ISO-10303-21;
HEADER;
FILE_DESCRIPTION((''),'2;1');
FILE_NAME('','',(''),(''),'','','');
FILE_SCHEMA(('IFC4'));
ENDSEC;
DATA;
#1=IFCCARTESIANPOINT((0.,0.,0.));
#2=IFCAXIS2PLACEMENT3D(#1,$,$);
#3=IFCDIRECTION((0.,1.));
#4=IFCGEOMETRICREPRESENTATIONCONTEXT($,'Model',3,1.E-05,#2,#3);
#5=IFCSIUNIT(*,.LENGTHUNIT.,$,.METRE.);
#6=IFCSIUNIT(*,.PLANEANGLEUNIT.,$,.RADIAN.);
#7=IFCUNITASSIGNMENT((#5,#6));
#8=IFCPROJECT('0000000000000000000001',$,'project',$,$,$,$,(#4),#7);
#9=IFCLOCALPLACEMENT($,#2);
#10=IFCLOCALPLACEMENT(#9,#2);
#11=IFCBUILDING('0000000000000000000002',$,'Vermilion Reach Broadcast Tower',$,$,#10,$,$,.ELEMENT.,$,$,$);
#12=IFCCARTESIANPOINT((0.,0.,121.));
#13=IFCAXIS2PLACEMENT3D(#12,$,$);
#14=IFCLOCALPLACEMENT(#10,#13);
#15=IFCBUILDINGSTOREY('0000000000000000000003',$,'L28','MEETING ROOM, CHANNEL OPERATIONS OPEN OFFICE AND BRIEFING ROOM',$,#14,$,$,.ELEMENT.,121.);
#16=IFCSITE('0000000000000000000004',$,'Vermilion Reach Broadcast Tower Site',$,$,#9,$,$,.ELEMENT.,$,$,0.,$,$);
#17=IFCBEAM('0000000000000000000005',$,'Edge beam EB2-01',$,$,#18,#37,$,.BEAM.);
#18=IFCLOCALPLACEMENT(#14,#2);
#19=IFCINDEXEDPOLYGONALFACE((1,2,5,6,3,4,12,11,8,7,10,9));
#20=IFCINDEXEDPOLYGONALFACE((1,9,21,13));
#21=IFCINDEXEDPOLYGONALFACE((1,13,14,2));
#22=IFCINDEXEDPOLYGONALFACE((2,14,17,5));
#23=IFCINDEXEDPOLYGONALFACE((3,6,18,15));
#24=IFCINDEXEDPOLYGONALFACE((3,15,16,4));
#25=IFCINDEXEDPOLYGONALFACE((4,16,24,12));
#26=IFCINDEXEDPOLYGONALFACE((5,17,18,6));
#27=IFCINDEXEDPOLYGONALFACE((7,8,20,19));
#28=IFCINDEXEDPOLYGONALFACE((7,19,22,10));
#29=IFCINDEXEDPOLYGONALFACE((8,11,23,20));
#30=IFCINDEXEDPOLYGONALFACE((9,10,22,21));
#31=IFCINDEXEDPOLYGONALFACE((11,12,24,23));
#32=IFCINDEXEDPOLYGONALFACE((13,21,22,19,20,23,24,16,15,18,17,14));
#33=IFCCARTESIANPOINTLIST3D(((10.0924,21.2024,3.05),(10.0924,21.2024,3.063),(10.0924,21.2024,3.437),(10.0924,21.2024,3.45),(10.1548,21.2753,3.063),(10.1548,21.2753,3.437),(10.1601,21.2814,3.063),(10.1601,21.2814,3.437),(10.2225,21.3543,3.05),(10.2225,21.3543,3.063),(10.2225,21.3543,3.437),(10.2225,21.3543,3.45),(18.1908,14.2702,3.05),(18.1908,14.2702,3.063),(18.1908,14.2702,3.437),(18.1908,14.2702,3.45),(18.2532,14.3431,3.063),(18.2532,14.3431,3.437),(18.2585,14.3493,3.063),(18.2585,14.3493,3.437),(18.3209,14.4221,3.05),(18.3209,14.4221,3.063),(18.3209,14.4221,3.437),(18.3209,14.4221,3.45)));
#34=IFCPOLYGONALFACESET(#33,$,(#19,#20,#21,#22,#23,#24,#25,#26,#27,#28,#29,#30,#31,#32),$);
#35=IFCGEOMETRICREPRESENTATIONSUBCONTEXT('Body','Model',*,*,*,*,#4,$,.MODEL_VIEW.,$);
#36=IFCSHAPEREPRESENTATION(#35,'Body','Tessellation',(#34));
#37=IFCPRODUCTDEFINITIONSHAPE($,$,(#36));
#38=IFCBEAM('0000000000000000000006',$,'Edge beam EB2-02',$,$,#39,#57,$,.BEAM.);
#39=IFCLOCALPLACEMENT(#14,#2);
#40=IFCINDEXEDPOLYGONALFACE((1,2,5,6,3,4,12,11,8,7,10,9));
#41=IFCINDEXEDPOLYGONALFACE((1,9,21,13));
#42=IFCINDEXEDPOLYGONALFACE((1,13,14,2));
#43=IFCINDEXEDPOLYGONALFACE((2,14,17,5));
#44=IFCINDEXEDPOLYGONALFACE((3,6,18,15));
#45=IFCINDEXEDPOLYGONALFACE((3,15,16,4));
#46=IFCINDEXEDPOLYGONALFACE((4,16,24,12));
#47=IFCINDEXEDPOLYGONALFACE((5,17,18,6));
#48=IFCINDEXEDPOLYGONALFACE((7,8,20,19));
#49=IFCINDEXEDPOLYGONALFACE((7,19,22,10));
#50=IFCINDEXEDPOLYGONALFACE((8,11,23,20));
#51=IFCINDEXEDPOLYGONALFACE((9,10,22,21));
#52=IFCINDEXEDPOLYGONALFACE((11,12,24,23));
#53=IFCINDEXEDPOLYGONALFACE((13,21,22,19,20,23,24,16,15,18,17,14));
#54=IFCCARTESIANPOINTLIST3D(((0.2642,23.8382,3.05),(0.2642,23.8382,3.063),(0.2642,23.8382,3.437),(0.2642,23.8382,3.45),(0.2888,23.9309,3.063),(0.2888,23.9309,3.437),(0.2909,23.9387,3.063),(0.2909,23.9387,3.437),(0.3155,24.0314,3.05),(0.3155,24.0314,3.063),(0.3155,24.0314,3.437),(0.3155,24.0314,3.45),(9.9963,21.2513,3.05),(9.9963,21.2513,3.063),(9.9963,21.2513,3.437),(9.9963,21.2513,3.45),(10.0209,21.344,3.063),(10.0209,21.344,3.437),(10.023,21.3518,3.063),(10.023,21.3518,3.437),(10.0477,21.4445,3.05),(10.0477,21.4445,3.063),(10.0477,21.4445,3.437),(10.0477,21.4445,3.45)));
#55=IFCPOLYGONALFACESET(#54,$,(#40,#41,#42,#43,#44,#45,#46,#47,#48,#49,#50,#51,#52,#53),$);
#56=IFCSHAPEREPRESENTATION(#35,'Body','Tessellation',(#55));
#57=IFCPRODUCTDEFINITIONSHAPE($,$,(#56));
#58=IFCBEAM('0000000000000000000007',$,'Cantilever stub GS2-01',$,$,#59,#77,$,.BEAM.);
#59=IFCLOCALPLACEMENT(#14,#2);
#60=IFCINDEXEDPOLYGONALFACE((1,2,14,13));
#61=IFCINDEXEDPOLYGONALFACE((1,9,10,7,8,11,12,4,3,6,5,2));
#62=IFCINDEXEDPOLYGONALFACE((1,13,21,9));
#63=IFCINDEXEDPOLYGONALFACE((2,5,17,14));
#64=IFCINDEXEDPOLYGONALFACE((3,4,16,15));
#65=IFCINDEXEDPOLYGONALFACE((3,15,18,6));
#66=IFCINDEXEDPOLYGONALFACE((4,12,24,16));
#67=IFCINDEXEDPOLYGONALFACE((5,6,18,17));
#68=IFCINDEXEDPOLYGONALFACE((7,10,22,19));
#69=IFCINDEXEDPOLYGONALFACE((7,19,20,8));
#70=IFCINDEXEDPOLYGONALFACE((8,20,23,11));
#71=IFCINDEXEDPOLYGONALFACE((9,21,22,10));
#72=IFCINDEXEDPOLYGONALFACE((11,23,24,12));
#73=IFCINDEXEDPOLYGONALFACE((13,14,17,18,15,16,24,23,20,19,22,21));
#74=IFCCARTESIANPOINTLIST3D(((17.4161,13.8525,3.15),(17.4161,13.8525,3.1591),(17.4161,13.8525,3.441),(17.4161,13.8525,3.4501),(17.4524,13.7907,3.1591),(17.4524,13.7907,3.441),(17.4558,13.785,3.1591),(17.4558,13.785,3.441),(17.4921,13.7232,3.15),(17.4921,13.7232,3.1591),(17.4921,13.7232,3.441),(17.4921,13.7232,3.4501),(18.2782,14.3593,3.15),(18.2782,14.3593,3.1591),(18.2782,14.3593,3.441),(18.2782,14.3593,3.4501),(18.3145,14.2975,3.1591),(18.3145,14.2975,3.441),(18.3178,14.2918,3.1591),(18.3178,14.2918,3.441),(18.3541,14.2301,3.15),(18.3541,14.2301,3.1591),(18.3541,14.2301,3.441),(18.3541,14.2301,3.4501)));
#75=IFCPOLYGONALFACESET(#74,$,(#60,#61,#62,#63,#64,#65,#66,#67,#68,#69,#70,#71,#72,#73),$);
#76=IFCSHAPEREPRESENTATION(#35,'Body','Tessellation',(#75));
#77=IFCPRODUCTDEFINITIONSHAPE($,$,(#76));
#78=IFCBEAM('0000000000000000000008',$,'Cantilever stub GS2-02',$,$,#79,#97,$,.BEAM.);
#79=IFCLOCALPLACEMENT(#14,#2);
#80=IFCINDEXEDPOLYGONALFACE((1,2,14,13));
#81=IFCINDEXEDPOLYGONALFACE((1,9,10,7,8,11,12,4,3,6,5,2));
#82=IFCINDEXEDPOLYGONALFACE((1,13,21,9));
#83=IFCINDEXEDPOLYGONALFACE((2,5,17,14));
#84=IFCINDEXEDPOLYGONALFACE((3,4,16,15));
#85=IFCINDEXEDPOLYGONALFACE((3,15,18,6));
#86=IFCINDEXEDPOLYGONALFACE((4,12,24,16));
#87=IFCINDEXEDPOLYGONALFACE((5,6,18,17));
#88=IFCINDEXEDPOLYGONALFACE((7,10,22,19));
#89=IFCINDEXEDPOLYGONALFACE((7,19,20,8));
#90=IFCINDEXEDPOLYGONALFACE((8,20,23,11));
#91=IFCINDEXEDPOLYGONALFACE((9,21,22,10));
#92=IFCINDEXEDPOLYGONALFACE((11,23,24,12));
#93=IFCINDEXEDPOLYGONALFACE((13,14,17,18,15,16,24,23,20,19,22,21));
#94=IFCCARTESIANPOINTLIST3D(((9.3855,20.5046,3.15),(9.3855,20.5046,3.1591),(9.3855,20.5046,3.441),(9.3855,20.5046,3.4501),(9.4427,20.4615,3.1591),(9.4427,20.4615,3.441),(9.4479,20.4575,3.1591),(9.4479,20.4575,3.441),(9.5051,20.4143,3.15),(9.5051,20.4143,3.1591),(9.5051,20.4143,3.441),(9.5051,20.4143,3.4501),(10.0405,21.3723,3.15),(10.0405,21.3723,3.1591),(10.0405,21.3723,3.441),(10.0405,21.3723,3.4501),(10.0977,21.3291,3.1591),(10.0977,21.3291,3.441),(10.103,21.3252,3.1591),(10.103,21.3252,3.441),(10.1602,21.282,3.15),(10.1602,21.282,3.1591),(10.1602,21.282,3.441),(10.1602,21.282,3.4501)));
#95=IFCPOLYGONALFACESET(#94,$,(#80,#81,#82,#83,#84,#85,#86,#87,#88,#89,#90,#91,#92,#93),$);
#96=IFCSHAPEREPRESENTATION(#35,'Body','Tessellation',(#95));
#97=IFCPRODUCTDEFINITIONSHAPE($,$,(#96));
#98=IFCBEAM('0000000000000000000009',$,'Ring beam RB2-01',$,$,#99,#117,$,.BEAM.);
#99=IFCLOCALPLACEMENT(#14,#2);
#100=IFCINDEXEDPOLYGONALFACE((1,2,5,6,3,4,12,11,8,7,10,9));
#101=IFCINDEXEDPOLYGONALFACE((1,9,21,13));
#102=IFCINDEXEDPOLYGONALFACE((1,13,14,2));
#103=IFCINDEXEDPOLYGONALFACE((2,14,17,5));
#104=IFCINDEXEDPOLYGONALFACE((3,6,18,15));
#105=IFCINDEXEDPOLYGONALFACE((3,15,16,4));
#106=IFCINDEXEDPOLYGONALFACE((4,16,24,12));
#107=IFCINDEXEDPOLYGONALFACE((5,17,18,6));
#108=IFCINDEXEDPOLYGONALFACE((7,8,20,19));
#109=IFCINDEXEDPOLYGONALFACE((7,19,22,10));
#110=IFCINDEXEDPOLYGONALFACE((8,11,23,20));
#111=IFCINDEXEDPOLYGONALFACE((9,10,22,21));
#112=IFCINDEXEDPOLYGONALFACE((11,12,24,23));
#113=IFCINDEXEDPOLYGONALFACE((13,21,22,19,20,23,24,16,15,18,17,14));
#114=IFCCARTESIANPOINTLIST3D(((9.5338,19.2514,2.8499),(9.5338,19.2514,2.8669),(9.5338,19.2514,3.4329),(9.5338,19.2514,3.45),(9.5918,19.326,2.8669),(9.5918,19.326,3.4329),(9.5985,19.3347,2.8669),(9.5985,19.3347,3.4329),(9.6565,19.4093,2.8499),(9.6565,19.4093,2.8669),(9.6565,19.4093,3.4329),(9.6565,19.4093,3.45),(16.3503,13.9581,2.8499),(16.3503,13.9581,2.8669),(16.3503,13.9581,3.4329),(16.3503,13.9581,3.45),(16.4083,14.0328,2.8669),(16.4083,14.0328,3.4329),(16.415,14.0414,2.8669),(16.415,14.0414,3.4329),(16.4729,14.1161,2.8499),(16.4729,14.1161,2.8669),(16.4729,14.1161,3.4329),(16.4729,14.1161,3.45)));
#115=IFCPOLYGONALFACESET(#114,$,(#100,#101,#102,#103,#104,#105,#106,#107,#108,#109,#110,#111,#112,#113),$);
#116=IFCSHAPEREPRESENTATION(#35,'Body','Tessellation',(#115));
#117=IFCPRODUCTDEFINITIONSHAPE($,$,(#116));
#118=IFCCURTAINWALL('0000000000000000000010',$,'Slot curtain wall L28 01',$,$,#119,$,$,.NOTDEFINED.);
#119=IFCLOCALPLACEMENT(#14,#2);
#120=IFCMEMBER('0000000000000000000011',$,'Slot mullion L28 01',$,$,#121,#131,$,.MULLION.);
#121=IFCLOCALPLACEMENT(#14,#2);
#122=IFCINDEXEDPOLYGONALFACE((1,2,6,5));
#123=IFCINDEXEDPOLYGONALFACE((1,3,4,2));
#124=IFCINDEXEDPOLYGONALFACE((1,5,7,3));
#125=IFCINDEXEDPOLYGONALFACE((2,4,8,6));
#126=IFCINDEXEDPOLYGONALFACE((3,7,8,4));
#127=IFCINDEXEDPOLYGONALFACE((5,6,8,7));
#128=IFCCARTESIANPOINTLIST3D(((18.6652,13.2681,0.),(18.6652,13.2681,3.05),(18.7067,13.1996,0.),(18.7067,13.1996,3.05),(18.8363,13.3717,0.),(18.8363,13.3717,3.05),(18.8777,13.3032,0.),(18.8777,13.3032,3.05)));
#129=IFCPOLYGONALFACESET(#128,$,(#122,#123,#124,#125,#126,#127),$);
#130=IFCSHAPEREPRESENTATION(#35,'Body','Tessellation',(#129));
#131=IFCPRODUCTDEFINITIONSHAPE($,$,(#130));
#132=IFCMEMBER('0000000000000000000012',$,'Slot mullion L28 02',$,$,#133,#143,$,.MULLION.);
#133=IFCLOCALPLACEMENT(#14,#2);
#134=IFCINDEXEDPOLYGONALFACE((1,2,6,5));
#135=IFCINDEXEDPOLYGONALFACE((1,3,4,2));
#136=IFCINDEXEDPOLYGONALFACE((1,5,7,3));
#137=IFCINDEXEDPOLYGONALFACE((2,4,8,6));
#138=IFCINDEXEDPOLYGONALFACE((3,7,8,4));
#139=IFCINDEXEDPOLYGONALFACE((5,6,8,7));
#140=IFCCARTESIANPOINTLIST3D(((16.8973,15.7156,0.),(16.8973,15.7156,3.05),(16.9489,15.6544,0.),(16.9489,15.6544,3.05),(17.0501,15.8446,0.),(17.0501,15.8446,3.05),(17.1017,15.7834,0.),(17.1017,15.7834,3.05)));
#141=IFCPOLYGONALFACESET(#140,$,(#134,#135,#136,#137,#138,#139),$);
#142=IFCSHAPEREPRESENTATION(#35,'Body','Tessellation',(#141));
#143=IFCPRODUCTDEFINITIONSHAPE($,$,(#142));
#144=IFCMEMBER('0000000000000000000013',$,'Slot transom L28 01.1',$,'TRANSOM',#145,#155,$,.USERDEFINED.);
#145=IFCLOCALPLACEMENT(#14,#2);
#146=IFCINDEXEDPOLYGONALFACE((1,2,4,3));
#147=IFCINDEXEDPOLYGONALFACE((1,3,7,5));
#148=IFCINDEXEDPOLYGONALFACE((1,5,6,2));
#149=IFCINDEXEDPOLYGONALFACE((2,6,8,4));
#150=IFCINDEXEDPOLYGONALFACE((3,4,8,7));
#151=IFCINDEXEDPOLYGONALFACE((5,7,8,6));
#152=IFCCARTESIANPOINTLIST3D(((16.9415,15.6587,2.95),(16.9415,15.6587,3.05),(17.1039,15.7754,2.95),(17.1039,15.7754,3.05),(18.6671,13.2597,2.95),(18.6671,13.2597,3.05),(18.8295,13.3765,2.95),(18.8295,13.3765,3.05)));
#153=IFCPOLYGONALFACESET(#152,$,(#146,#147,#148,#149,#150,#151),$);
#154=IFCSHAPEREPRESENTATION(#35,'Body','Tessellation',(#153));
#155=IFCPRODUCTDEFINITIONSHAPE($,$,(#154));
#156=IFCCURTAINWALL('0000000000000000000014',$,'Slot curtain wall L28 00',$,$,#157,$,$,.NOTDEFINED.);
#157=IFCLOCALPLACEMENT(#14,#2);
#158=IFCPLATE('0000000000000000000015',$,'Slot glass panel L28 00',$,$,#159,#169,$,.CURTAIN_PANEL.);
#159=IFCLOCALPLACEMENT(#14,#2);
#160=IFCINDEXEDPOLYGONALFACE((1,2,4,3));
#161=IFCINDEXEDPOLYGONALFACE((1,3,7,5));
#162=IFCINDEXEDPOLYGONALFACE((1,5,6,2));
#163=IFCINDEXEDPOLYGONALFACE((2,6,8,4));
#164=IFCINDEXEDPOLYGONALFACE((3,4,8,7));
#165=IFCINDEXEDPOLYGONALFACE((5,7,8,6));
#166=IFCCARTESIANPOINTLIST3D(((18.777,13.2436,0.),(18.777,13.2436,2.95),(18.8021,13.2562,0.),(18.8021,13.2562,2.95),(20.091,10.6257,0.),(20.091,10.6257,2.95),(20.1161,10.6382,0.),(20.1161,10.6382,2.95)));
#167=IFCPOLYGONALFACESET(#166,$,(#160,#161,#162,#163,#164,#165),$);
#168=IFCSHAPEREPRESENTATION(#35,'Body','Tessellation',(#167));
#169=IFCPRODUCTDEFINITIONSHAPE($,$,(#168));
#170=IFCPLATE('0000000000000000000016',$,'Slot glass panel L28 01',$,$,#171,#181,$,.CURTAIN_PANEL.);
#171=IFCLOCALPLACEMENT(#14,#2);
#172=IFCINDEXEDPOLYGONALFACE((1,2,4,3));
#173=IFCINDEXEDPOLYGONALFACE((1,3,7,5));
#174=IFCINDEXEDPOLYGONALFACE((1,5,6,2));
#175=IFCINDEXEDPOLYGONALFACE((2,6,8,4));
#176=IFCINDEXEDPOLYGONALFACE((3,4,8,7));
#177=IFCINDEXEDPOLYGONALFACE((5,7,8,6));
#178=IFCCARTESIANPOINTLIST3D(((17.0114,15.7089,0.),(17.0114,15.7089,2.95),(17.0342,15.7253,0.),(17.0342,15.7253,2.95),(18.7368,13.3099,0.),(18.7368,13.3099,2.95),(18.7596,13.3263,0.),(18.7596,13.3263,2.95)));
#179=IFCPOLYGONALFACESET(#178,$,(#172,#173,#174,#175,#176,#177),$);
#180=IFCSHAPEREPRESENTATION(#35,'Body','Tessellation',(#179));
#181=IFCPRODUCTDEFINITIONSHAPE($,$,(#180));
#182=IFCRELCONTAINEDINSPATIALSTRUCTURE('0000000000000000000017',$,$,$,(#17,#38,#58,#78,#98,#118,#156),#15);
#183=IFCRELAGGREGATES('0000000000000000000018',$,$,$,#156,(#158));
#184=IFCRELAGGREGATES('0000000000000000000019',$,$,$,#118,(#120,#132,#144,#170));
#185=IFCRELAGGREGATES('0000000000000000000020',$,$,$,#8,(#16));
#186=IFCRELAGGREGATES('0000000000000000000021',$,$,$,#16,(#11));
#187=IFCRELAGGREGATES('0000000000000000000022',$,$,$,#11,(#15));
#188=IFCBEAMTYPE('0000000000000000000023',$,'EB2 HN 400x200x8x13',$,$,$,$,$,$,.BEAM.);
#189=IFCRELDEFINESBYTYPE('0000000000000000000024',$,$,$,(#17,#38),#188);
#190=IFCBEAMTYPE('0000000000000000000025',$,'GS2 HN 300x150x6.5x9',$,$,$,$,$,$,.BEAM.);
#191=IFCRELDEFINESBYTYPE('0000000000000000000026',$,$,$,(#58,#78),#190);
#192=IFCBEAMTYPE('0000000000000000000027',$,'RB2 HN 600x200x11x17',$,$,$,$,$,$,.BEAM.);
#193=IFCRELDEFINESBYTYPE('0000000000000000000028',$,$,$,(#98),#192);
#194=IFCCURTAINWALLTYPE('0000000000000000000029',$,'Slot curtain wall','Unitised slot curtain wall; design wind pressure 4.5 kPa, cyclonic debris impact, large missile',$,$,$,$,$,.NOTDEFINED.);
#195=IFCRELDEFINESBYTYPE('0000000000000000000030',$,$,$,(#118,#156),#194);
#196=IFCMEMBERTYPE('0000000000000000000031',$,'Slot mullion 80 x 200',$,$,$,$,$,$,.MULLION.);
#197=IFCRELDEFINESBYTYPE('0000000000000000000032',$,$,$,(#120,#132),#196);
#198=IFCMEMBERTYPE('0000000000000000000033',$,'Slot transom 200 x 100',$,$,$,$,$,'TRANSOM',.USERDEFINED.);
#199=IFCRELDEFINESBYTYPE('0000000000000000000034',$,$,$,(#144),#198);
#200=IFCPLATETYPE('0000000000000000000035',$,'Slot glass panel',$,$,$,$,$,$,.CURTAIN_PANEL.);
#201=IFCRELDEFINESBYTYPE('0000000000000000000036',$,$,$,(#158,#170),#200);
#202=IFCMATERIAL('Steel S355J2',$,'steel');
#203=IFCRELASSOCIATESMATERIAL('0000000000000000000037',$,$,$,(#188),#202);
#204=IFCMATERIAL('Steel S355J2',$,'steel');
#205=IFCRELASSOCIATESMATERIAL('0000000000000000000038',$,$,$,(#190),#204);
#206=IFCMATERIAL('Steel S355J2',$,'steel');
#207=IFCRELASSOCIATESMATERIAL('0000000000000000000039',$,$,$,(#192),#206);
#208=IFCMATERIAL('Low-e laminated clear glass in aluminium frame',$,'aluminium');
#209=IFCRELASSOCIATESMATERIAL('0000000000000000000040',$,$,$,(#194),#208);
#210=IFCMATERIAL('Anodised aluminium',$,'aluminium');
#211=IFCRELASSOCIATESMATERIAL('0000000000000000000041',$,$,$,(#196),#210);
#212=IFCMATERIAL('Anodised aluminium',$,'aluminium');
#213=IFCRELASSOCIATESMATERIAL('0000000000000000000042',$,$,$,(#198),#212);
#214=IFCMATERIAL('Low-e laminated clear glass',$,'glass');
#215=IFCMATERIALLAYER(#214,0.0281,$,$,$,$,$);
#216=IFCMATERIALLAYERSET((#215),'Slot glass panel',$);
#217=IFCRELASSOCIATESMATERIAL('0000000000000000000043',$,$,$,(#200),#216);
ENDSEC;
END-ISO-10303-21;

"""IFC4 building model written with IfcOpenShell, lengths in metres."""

from ifc_helpers import new_model, si_unit, direction, frame, origin, origin_2d, place, context, subcontext, project, spatial, rectangle, i_section, extrude, material, layer, layer_set, material_profile, profile_set, type_object, element, aggregate, save


model = new_model("IFC4")

# Units and contexts
model_context = context("Model", 3, precision=1e-05, world=origin(), true_north=direction((0.0, 1.0)))
body_context = subcontext(model_context, "Body", "Model", "MODEL_VIEW")
ifc_project = project(units=[si_unit("LENGTHUNIT", "METRE"), si_unit("PLANEANGLEUNIT", "RADIAN")], contexts=[model_context])

# Site, building, storey
site_placement = place(None, origin())
site = spatial("IfcSite", under=ifc_project, at=site_placement, Name="Vermilion Reach Broadcast Tower Site", CompositionType="ELEMENT", RefElevation=0.0)
building_placement = place(site_placement, origin())
building = spatial("IfcBuilding", under=site, at=building_placement, Name="Vermilion Reach Broadcast Tower", CompositionType="ELEMENT")
storey_placement = place(building_placement, frame((0.0, 0.0, 121.0)))
storey = spatial("IfcBuildingStorey", under=building, at=storey_placement, Name="L28", Description="MEETING ROOM, CHANNEL OPERATIONS OPEN OFFICE AND BRIEFING ROOM", CompositionType="ELEMENT", Elevation=121.0)

# Beams
ifc_material_1 = material(Name="Steel S355J2", Category="steel")
ifc_material_profile_1 = material_profile(ifc_material_1, i_section(OverallWidth=0.2, OverallDepth=0.3999, WebThickness=0.0081, FlangeThickness=0.0129, at=origin_2d()), Name="S355J2 HN 400x200x8x13")
ifc_profile_set_1 = profile_set([ifc_material_profile_1], Name="Steel S355J2")
beam_type_1 = type_object("IfcBeamType", Name="EB2 HN 400x200x8x13", PredefinedType="BEAM", material=ifc_profile_set_1)
beam_1_placement = place(storey_placement, frame((18.2559, 14.3462, 3.25), z_axis=(-0.75969, 0.650286, 0.0), x_axis=(-0.650286, -0.75969, 0.0)))
element("IfcBeam", 1, at=beam_1_placement, inside=storey, type_object=beam_type_1, Name="Edge beam EB2-01", PredefinedType="BEAM", context=body_context, shape_type="SweptSolid", body=[
    extrude(i_section(OverallWidth=0.2, OverallDepth=0.3999, WebThickness=0.0081, FlangeThickness=0.0129, at=origin_2d()), origin(), (0.0, 0.0, 1.0), 10.6602),
])
beam_2_placement = place(storey_placement, frame((10.022, 21.3479, 3.25), z_axis=(-0.966441, 0.25689, 0.0), x_axis=(-0.25689, -0.966441, 0.0)))
element("IfcBeam", 2, at=beam_2_placement, inside=storey, type_object=beam_type_1, Name="Edge beam EB2-02", PredefinedType="BEAM", context=body_context, shape_type="SweptSolid", body=[
    extrude(i_section(OverallWidth=0.2, OverallDepth=0.3999, WebThickness=0.0081, FlangeThickness=0.0129, at=origin_2d()), origin(), (0.0, 0.0, 1.0), 10.0701),
])
ifc_material_2 = material(Name="Steel S355J2", Category="steel")
ifc_material_profile_2 = material_profile(ifc_material_2, i_section(OverallWidth=0.1499, OverallDepth=0.3, WebThickness=0.0066, FlangeThickness=0.009, at=origin_2d()), Name="S355J2 HN 300x150x6.5x9")
ifc_profile_set_2 = profile_set([ifc_material_profile_2], Name="Steel S355J2")
beam_type_2 = type_object("IfcBeamType", Name="GS2 HN 300x150x6.5x9", PredefinedType="BEAM", material=ifc_profile_set_2)
beam_3_placement = place(storey_placement, frame((17.4541, 13.7878, 3.3), z_axis=(0.862047, 0.506828, 0.0), x_axis=(-0.506828, 0.862047, 0.0)))
element("IfcBeam", 3, at=beam_3_placement, inside=storey, type_object=beam_type_2, Name="Cantilever stub GS2-01", PredefinedType="BEAM", context=body_context, shape_type="SweptSolid", body=[
    extrude(i_section(OverallWidth=0.1499, OverallDepth=0.3, WebThickness=0.0066, FlangeThickness=0.009, at=origin_2d()), origin(), (0.0, 0.0, 1.0), 1.0),
])
beam_4_placement = place(storey_placement, frame((9.4453, 20.4595, 3.3), z_axis=(0.602512, 0.79811, 0.0), x_axis=(-0.79811, 0.602512, 0.0)))
element("IfcBeam", 4, at=beam_4_placement, inside=storey, type_object=beam_type_2, Name="Cantilever stub GS2-02", PredefinedType="BEAM", context=body_context, shape_type="SweptSolid", body=[
    extrude(i_section(OverallWidth=0.1499, OverallDepth=0.3, WebThickness=0.0066, FlangeThickness=0.009, at=origin_2d()), origin(), (0.0, 0.0, 1.0), 1.0872),
])
ifc_material_3 = material(Name="Steel S355J2", Category="steel")
ifc_material_profile_3 = material_profile(ifc_material_3, i_section(OverallWidth=0.2, OverallDepth=0.6001, WebThickness=0.011, FlangeThickness=0.0171, at=origin_2d()), Name="S355J2 HN 600x200x11x17")
ifc_profile_set_3 = profile_set([ifc_material_profile_3], Name="Steel S355J2")
beam_type_3 = type_object("IfcBeamType", Name="RB2 HN 600x200x11x17", PredefinedType="BEAM", material=ifc_profile_set_3)
beam_5_placement = place(storey_placement, frame((16.4116, 14.0371, 3.1499), z_axis=(-0.789826, 0.613331, 0.0), x_axis=(-0.613331, -0.789826, 0.0)))
element("IfcBeam", 5, at=beam_5_placement, inside=storey, type_object=beam_type_3, Name="Ring beam RB2-01", PredefinedType="BEAM", context=body_context, shape_type="SweptSolid", body=[
    extrude(i_section(OverallWidth=0.2, OverallDepth=0.6001, WebThickness=0.011, FlangeThickness=0.0171, at=origin_2d()), origin(), (0.0, 0.0, 1.0), 8.6304),
])

# Curtain wall, members
ifc_material_4 = material(Name="Low-e laminated clear glass in aluminium frame", Category="aluminium")
curtain_wall_type = type_object("IfcCurtainWallType", Name="Slot curtain wall", Description="Unitised slot curtain wall; design wind pressure 4.5 kPa, cyclonic debris impact, large missile", PredefinedType="NOTDEFINED", material=ifc_material_4)
placement = place(storey_placement, origin())
curtain_wall_1 = element("IfcCurtainWall", 6, at=placement, inside=storey, type_object=curtain_wall_type, Name="Slot curtain wall L28 01", PredefinedType="NOTDEFINED")
ifc_material_5 = material(Name="Anodised aluminium", Category="aluminium")
ifc_material_profile_4 = material_profile(ifc_material_5, rectangle(XDim=0.2, YDim=0.0801, at=origin_2d()), Name="Slot mullion 80 x 200")
ifc_profile_set_4 = profile_set([ifc_material_profile_4], Name="Anodised aluminium")
member_type_1 = type_object("IfcMemberType", Name="Slot mullion 80 x 200", PredefinedType="MULLION", material=ifc_profile_set_4)
member_1_placement = place(storey_placement, frame((18.7715, 13.2856, 0.0), z_axis=(0.0, 0.0, 1.0), x_axis=(-0.855465, -0.517861, 0.0)))
member_1 = element("IfcMember", 7, at=member_1_placement, type_object=member_type_1, Name="Slot mullion L28 01", PredefinedType="MULLION", context=body_context, shape_type="SweptSolid", body=[
    extrude(rectangle(XDim=0.2, YDim=0.0801, at=origin_2d()), origin(), (0.0, 0.0, 1.0), 3.05),
])
member_2_placement = place(storey_placement, frame((16.9995, 15.7495, 0.0), z_axis=(0.0, 0.0, 1.0), x_axis=(-0.76432, -0.644837, 0.0)))
member_2 = element("IfcMember", 8, at=member_2_placement, type_object=member_type_1, Name="Slot mullion L28 02", PredefinedType="MULLION", context=body_context, shape_type="SweptSolid", body=[
    extrude(rectangle(XDim=0.2, YDim=0.0801, at=origin_2d()), origin(), (0.0, 0.0, 1.0), 3.05),
])
ifc_material_6 = material(Name="Anodised aluminium", Category="aluminium")
ifc_material_profile_5 = material_profile(ifc_material_6, rectangle(XDim=0.2, YDim=0.1001, at=origin_2d()), Name="Slot transom 200 x 100")
ifc_profile_set_5 = profile_set([ifc_material_profile_5], Name="Anodised aluminium")
member_type_2 = type_object("IfcMemberType", Name="Slot transom 200 x 100", ElementType="TRANSOM", PredefinedType="USERDEFINED", material=ifc_profile_set_5)
member_3_placement = place(storey_placement, frame((18.7483, 13.3181, 3.0), z_axis=(-0.583939, 0.811798, 0.0), x_axis=(-0.811798, -0.583939, 0.0)))
member_3 = element("IfcMember", 9, at=member_3_placement, type_object=member_type_2, Name="Slot transom L28 01.1", ObjectType="TRANSOM", PredefinedType="USERDEFINED", context=body_context, shape_type="SweptSolid", body=[
    extrude(rectangle(XDim=0.2, YDim=0.1001, at=origin_2d()), origin(), (0.0, 0.0, 1.0), 2.9551),
])

# Curtain wall, plate
curtain_wall_2 = element("IfcCurtainWall", 10, at=placement, inside=storey, type_object=curtain_wall_type, Name="Slot curtain wall L28 00", PredefinedType="NOTDEFINED")
ifc_material_7 = material(Name="Low-e laminated clear glass", Category="glass")
ifc_layer_1 = layer(ifc_material_7, 0.0281)
ifc_layer_set_1 = layer_set([ifc_layer_1], Name="Slot glass panel")
plate_type = type_object("IfcPlateType", Name="Slot glass panel", PredefinedType="CURTAIN_PANEL", material=ifc_layer_set_1)
plate_1_placement = place(storey_placement, frame((19.4465, 11.9409, 0.0), z_axis=(0.0, 0.0, 1.0), x_axis=(-0.44859, 0.893738, 0.0)))
plate_1 = element("IfcPlate", 11, at=plate_1_placement, type_object=plate_type, Name="Slot glass panel L28 00", PredefinedType="CURTAIN_PANEL", context=body_context, shape_type="SweptSolid", body=[
    extrude(rectangle(XDim=2.9292, YDim=0.0281, at=origin_2d()), origin(), (0.0, 0.0, 1.0), 2.95),
])
aggregate(curtain_wall_2, [plate_1])

# Plate
plate_2_placement = place(storey_placement, frame((17.8855, 14.5176, 0.0), z_axis=(0.0, 0.0, 1.0), x_axis=(-0.583889, 0.811834, 0.0)))
plate_2 = element("IfcPlate", 12, at=plate_2_placement, type_object=plate_type, Name="Slot glass panel L28 01", PredefinedType="CURTAIN_PANEL", context=body_context, shape_type="SweptSolid", body=[
    extrude(rectangle(XDim=2.9551, YDim=0.0281, at=origin_2d()), origin(), (0.0, 0.0, 1.0), 2.95),
])
aggregate(curtain_wall_1, [member_1, member_2, member_3, plate_2])

save(model, "model.ifc")
